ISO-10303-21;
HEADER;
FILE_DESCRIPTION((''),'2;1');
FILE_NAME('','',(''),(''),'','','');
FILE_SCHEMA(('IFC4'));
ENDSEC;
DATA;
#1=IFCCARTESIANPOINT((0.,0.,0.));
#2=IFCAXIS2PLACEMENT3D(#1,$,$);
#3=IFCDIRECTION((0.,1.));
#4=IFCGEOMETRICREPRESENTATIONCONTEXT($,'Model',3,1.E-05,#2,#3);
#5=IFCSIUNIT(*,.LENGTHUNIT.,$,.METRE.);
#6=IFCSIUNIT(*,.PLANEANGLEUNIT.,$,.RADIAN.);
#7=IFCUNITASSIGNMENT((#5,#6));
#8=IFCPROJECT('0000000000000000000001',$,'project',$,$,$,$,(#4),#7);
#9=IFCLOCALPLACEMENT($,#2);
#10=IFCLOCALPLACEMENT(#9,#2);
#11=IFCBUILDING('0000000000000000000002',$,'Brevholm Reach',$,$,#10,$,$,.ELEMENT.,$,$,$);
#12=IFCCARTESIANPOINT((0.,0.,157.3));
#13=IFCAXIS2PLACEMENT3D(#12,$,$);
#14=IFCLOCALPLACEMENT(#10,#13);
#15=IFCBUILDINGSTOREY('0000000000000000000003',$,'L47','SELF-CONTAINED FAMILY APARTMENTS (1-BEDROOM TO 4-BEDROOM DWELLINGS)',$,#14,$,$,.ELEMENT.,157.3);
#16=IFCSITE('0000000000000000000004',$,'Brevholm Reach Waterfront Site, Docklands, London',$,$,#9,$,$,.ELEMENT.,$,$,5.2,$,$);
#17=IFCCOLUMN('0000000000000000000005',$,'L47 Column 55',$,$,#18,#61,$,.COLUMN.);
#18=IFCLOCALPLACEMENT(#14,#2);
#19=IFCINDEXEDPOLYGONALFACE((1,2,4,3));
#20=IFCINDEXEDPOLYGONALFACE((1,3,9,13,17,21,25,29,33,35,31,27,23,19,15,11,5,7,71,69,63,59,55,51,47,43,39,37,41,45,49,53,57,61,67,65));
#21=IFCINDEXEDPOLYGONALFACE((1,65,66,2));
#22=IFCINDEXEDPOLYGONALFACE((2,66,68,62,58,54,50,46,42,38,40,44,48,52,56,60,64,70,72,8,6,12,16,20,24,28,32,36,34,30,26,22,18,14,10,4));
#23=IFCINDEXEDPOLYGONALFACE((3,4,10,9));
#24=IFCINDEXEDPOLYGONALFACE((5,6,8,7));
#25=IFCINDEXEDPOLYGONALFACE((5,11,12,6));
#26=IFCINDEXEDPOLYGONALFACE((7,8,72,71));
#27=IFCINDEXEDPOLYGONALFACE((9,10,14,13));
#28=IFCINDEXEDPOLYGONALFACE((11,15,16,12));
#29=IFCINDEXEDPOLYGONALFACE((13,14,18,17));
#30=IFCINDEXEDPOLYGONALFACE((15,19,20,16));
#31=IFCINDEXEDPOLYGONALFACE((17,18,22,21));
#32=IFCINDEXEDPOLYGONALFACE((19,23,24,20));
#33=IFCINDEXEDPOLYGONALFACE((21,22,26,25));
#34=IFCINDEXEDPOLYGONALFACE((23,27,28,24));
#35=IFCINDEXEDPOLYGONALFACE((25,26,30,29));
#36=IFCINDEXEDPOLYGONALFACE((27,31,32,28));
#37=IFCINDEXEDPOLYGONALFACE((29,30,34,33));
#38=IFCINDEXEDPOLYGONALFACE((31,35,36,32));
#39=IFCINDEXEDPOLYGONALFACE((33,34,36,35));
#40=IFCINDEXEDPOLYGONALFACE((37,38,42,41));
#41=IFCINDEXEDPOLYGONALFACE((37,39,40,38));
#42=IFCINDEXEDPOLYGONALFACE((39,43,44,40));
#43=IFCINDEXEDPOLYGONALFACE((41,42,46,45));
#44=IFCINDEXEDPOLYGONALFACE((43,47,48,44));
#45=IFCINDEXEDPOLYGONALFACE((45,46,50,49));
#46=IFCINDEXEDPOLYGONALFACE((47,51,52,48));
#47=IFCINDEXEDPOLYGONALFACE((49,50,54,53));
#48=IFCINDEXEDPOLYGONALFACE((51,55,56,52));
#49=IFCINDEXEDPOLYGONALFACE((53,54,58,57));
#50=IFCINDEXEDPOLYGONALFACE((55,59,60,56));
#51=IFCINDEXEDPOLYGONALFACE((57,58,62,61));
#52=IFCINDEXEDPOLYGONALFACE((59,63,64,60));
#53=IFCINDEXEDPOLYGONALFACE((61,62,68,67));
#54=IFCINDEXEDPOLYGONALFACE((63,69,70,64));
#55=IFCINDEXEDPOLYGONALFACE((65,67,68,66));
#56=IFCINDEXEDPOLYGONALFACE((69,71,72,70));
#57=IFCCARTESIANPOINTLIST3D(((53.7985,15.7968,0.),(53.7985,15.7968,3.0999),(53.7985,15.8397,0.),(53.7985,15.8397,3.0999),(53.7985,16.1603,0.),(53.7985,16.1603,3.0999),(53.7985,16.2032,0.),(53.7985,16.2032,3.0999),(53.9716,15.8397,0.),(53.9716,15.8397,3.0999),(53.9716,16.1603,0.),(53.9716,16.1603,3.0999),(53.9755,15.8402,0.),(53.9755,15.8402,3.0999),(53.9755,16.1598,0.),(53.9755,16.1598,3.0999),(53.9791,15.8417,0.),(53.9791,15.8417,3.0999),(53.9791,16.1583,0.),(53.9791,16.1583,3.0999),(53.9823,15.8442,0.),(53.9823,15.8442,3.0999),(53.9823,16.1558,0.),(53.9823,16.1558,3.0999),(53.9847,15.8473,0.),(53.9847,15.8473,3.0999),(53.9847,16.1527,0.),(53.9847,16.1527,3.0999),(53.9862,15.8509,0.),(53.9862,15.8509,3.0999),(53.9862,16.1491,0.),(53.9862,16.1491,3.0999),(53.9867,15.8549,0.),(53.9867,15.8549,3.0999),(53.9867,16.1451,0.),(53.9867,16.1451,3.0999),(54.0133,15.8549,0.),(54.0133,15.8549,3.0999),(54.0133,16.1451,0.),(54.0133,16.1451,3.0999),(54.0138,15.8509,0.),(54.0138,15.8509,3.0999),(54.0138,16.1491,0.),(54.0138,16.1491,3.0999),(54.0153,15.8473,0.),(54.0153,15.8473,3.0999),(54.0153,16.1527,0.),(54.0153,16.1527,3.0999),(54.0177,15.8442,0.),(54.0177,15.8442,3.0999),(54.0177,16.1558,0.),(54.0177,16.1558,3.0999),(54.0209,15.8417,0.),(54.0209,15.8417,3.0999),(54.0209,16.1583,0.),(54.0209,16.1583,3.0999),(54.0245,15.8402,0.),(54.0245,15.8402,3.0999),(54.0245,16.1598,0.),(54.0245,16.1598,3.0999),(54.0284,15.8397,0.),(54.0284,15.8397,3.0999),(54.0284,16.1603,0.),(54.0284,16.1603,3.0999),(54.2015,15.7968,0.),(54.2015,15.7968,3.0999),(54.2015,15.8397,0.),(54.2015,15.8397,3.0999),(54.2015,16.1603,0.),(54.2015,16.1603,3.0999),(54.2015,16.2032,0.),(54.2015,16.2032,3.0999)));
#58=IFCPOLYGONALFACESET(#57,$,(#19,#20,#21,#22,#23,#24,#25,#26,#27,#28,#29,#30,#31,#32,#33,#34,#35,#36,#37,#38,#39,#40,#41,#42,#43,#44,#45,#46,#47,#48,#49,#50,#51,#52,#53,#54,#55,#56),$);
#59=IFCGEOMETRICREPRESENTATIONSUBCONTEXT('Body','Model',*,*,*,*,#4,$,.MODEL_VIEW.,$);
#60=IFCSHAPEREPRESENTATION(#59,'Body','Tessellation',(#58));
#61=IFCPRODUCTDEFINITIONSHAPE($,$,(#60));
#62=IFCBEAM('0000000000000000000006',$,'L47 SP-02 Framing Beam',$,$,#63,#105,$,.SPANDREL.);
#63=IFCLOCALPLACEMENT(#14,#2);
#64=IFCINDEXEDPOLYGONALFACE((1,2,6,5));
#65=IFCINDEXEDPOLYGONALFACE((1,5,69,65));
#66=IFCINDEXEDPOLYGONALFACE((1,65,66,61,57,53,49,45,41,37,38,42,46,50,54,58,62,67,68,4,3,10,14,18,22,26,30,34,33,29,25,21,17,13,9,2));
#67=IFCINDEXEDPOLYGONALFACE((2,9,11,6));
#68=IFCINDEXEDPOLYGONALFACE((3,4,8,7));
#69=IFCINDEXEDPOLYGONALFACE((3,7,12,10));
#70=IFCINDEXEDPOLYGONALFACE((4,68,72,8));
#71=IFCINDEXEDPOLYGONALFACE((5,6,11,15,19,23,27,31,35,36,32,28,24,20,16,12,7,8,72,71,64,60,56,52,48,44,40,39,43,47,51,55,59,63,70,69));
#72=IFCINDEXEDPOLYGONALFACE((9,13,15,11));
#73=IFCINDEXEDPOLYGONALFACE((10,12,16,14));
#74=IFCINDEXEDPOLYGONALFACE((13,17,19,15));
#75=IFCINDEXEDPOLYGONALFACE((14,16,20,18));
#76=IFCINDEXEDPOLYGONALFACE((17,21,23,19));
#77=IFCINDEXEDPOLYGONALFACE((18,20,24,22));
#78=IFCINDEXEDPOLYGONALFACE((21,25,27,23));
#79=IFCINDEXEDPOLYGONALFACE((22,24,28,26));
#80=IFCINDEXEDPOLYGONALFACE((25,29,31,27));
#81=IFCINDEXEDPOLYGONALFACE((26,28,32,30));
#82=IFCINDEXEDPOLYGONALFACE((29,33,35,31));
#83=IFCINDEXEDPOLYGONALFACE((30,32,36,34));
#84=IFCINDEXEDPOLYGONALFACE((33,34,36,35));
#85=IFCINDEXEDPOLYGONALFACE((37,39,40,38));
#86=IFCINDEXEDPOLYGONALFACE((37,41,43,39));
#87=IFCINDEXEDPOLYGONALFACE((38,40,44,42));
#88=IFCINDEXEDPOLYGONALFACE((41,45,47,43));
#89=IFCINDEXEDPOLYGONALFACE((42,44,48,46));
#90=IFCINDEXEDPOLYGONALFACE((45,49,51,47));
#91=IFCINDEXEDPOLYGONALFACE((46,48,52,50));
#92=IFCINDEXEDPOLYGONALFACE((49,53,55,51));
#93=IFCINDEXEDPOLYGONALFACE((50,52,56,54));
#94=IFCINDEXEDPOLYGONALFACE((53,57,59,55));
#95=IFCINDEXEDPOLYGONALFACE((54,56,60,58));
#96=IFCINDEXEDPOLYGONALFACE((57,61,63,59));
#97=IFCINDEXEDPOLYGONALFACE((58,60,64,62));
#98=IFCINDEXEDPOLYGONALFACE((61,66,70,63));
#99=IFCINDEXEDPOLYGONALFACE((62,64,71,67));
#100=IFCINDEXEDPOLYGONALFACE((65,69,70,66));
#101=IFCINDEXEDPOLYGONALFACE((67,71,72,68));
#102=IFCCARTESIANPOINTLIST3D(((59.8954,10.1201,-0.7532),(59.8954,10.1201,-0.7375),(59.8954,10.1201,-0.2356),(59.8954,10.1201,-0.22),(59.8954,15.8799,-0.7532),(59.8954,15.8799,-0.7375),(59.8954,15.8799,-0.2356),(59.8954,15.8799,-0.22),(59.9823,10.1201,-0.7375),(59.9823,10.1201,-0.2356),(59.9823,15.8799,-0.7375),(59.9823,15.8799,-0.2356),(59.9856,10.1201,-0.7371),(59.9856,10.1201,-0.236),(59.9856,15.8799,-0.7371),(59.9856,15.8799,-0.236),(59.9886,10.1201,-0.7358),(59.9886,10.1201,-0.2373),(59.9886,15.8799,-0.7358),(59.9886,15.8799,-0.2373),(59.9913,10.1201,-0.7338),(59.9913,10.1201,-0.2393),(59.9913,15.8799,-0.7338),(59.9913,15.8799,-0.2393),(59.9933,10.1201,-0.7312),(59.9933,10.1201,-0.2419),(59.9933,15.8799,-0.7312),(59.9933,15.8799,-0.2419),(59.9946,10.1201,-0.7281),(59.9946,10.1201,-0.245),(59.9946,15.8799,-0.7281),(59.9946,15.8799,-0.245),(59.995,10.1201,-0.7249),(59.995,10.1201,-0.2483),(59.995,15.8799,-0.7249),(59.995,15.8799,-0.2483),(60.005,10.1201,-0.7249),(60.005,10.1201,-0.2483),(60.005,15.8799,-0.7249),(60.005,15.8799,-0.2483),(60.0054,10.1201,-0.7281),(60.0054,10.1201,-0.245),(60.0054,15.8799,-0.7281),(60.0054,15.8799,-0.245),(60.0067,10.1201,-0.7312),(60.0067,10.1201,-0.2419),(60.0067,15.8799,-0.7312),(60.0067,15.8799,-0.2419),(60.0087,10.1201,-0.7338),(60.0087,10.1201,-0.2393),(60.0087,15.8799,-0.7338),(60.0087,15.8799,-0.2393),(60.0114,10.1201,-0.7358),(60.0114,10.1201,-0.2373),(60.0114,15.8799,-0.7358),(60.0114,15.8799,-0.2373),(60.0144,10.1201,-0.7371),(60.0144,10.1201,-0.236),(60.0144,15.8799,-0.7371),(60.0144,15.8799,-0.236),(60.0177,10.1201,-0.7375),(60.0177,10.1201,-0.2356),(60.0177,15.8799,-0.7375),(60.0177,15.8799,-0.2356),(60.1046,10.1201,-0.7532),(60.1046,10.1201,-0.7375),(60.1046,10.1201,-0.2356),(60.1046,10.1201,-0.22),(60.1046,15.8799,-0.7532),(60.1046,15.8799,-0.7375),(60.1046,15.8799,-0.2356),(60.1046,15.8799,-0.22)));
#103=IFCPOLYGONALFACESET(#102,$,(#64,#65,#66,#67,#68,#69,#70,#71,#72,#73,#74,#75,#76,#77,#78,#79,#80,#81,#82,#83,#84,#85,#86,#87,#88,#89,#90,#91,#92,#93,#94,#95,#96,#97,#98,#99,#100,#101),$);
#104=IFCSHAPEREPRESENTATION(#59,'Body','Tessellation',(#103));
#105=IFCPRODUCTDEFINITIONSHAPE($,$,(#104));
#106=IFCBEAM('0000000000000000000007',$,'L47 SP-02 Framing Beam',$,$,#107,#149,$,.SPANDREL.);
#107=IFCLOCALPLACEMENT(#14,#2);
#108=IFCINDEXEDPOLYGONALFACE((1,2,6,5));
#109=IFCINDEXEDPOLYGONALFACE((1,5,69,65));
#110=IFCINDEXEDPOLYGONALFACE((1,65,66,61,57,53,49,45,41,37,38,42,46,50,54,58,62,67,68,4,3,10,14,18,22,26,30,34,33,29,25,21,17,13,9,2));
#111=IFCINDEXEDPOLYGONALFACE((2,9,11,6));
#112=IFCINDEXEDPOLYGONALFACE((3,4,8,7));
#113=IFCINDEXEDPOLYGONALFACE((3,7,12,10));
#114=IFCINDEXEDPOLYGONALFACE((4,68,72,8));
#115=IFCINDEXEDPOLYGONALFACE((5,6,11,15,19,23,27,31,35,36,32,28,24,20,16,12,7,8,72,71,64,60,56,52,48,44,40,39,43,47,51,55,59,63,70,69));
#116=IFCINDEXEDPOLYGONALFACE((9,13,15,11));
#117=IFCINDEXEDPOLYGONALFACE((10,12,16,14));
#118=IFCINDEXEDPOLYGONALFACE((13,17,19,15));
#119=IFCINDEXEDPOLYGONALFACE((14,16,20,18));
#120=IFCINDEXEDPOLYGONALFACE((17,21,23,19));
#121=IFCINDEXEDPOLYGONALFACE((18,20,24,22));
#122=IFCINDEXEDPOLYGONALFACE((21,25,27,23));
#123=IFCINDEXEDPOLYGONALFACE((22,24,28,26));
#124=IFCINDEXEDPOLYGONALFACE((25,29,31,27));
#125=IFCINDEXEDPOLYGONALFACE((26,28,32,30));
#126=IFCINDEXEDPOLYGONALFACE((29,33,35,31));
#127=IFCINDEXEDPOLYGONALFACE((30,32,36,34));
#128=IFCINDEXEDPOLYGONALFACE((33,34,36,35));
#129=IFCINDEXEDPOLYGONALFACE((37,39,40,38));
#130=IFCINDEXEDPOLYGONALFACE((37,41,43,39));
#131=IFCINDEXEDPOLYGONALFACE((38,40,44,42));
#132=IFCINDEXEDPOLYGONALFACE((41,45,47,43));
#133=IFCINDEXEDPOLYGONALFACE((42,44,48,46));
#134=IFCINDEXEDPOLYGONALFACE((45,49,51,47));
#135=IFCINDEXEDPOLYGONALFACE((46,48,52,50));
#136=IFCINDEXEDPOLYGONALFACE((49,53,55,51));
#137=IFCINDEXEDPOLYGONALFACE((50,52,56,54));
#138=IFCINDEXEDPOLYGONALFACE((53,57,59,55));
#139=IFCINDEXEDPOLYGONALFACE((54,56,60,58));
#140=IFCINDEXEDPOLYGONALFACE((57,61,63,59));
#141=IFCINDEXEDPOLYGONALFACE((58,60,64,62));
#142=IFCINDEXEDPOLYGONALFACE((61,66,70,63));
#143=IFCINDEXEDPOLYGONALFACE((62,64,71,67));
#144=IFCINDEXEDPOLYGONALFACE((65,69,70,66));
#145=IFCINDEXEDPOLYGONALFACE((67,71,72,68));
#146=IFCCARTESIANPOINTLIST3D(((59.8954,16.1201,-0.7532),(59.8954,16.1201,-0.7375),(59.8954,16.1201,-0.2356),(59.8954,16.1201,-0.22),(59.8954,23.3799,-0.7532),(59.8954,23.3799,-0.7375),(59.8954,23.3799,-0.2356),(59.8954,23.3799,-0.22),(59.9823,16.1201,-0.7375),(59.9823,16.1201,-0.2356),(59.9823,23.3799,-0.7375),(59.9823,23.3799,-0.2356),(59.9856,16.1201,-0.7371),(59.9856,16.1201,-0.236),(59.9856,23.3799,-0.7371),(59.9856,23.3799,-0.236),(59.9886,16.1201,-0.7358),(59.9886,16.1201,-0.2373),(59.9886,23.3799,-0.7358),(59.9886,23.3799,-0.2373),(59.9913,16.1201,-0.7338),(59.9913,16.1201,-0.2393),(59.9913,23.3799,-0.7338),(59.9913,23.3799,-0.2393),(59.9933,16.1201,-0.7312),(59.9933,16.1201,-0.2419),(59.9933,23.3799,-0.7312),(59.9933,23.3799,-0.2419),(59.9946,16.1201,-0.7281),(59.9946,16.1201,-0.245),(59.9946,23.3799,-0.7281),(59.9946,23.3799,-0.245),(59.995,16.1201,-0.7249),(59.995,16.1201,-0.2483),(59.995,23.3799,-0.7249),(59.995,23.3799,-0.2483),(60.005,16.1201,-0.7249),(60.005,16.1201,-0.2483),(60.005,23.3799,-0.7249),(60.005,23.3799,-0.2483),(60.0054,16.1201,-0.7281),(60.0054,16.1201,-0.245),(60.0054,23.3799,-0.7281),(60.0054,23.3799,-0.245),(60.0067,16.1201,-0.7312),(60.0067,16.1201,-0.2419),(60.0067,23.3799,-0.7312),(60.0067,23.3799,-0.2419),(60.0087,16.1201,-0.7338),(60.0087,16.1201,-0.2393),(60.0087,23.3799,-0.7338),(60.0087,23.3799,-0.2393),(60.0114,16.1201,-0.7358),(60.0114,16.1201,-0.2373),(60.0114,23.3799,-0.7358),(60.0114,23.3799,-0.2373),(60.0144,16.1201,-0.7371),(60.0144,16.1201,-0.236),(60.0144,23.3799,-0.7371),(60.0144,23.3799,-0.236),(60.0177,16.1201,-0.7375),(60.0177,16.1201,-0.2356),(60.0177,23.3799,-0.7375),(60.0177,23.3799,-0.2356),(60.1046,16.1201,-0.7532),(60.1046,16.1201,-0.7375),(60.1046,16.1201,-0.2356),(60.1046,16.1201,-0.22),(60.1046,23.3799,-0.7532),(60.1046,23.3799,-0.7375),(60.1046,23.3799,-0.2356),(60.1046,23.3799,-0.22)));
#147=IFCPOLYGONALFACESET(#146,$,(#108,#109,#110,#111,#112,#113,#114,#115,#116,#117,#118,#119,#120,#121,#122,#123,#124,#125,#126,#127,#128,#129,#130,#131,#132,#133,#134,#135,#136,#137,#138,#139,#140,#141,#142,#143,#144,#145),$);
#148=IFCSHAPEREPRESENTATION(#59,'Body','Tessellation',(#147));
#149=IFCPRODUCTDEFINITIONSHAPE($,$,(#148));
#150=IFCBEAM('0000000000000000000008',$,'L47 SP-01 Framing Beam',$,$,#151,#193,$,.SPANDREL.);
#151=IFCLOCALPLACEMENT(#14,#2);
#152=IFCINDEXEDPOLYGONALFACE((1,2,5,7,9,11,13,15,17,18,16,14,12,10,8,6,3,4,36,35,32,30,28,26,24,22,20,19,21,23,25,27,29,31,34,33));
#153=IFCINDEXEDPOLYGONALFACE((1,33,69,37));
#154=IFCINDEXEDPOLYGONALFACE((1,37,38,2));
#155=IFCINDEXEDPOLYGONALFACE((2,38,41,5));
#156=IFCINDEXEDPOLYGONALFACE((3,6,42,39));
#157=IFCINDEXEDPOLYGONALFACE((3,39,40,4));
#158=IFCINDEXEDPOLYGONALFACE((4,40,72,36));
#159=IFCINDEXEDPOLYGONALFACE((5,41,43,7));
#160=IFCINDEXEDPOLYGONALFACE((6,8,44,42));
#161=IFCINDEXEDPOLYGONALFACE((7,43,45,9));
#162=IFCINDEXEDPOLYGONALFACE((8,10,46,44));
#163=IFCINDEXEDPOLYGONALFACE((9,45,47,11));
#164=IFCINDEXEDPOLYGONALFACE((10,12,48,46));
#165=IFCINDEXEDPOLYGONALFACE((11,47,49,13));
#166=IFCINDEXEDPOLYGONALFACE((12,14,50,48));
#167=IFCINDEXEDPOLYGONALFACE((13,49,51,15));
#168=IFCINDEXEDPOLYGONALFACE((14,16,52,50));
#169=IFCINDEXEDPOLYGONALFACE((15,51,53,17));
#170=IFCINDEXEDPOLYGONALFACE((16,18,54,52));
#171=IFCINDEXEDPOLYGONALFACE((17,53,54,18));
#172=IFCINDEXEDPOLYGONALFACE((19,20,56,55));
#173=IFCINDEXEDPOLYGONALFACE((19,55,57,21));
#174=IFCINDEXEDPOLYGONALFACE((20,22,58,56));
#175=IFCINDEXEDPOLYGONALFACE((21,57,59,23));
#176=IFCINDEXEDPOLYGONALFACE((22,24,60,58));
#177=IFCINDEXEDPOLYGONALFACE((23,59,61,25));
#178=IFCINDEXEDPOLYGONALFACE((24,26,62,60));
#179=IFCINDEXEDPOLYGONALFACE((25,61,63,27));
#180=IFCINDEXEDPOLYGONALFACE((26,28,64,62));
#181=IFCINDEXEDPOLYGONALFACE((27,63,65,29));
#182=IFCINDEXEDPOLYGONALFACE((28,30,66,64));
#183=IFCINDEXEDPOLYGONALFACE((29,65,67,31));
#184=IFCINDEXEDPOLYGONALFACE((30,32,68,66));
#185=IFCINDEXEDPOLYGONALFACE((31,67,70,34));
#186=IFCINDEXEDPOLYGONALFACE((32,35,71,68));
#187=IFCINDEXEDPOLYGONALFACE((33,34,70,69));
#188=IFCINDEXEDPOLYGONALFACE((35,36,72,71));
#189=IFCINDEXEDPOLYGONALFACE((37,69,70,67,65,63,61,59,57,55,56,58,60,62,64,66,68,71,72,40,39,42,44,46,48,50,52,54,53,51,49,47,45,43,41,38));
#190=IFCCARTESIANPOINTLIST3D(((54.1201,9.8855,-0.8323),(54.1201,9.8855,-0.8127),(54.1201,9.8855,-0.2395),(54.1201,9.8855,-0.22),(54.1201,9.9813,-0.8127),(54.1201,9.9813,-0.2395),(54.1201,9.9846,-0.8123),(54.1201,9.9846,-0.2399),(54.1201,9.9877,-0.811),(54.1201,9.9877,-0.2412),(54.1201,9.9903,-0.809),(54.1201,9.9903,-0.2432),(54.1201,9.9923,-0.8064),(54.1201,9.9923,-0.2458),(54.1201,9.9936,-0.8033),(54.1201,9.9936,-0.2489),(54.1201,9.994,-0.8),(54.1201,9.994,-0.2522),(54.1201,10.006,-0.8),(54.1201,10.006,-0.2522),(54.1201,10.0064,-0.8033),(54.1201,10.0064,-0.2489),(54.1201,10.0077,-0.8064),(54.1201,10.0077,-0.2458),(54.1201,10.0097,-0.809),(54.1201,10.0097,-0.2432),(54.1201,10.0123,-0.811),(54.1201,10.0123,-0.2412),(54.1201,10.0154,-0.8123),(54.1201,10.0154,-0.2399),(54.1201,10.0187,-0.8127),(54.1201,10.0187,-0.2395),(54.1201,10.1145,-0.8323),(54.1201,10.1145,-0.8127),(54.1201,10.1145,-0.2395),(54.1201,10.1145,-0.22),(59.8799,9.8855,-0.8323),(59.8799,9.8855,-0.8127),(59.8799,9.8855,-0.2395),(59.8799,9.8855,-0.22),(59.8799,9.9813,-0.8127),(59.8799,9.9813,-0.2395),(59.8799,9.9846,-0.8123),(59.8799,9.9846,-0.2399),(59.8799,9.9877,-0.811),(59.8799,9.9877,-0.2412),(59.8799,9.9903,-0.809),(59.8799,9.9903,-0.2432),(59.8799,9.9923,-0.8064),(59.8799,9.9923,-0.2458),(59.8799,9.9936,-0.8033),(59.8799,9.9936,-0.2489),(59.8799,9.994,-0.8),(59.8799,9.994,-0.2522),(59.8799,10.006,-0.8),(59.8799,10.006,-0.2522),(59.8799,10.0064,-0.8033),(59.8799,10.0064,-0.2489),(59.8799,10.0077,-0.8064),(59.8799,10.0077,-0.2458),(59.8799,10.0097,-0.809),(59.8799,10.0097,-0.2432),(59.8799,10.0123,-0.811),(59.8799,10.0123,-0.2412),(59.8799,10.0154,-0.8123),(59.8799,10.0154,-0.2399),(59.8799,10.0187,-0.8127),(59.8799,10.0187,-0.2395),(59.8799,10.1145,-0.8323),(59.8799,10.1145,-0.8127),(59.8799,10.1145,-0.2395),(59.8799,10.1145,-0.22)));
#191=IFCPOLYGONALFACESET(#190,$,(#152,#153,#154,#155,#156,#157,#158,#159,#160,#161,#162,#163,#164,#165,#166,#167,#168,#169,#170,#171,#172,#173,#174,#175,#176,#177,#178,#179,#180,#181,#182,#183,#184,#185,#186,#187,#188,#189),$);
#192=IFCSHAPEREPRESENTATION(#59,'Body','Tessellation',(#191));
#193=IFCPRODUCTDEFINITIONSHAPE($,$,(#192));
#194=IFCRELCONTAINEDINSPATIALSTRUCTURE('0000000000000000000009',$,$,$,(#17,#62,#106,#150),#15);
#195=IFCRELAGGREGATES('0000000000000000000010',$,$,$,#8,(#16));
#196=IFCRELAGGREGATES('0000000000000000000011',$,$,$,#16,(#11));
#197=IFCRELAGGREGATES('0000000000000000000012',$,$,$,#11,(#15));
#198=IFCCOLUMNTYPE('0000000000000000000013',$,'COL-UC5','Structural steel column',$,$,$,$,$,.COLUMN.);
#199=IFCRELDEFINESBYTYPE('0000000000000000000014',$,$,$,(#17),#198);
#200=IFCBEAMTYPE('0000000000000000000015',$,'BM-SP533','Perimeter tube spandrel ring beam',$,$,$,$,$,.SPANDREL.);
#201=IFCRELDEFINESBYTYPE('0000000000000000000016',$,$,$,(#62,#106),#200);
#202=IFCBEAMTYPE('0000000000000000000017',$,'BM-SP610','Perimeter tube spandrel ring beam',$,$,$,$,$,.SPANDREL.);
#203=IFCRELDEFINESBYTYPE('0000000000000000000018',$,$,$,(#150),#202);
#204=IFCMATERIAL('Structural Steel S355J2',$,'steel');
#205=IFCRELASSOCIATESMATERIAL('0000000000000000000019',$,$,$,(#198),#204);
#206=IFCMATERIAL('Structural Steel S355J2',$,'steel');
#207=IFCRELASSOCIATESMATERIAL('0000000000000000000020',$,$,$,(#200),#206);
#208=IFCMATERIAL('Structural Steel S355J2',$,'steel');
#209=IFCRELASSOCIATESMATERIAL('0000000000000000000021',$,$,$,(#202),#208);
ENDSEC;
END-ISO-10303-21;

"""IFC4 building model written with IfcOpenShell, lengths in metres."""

from ifc_helpers import new_model, si_unit, direction, frame, origin, origin_2d, place, context, subcontext, project, spatial, i_section, extrude, material, material_profile, profile_set, type_object, element, save


model = new_model("IFC4")

# Units and contexts
model_context = context("Model", 3, precision=1e-05, world=origin(), true_north=direction((0.0, 1.0)))
body_context = subcontext(model_context, "Body", "Model", "MODEL_VIEW")
ifc_project = project(units=[si_unit("LENGTHUNIT", "METRE"), si_unit("PLANEANGLEUNIT", "RADIAN")], contexts=[model_context])

# Site, building, storey
site_placement = place(None, origin())
site = spatial("IfcSite", under=ifc_project, at=site_placement, Name="Brevholm Reach Waterfront Site, Docklands, London", CompositionType="ELEMENT", RefElevation=5.2)
building_placement = place(site_placement, origin())
building = spatial("IfcBuilding", under=site, at=building_placement, Name="Brevholm Reach", CompositionType="ELEMENT")
storey_placement = place(building_placement, frame((0.0, 0.0, 157.3)))
storey = spatial("IfcBuildingStorey", under=building, at=storey_placement, Name="L47", Description="SELF-CONTAINED FAMILY APARTMENTS (1-BEDROOM TO 4-BEDROOM DWELLINGS)", CompositionType="ELEMENT", Elevation=157.3)

# Column
ifc_material_1 = material(Name="Structural Steel S355J2", Category="steel")
ifc_material_profile_1 = material_profile(ifc_material_1, i_section(OverallWidth=0.4031, OverallDepth=0.4065, WebThickness=0.0266, FlangeThickness=0.043, FilletRadius=0.0151, at=origin_2d()), Name="UKC 356x406x340")
ifc_profile_set_1 = profile_set([ifc_material_profile_1], Name="Structural Steel S355J2")
column_type_1 = type_object("IfcColumnType", Name="COL-UC5", Description="Structural steel column", PredefinedType="COLUMN", material=ifc_profile_set_1)
for number, where, z_axis, x_axis, name in (
    (1, (54.0, 16.0, 0.0), (0.0, 0.0, 1.0), (1.0, 0.0, 0.0), "L47 Column 55"),
):
    element("IfcColumn", number, at=place(storey_placement, frame(where, z_axis=z_axis, x_axis=x_axis)), inside=storey, type_object=column_type_1, Name=name, PredefinedType="COLUMN", context=body_context, shape_type="SweptSolid", body=[
        extrude(i_section(OverallWidth=0.4031, OverallDepth=0.4065, WebThickness=0.0266, FlangeThickness=0.043, FilletRadius=0.0151, at=origin_2d()), origin(), (0.0, 0.0, 1.0), 3.0999),
    ])

# Beams
ifc_material_2 = material(Name="Structural Steel S355J2", Category="steel")
ifc_material_profile_2 = material_profile(ifc_material_2, i_section(OverallWidth=0.2092, OverallDepth=0.5332, WebThickness=0.01, FlangeThickness=0.0156, FilletRadius=0.0127, at=origin_2d()), Name="UKB 533x210x92")
ifc_profile_set_2 = profile_set([ifc_material_profile_2], Name="Structural Steel S355J2")
beam_type_1 = type_object("IfcBeamType", Name="BM-SP533", Description="Perimeter tube spandrel ring beam", PredefinedType="SPANDREL", material=ifc_profile_set_2)
beam_1_placement = place(storey_placement, frame((60.0, 10.1201, -0.4866), z_axis=(0.0, 1.0, 0.0), x_axis=(-1.0, 0.0, 0.0)))
element("IfcBeam", 2, at=beam_1_placement, inside=storey, type_object=beam_type_1, Name="L47 SP-02 Framing Beam", PredefinedType="SPANDREL", context=body_context, shape_type="SweptSolid", body=[
    extrude(i_section(OverallWidth=0.2092, OverallDepth=0.5332, WebThickness=0.01, FlangeThickness=0.0156, FilletRadius=0.0127, at=origin_2d()), origin(), (0.0, 0.0, 1.0), 5.7598),
])
beam_2_placement = place(storey_placement, frame((60.0, 16.1201, -0.4866), z_axis=(0.0, 1.0, 0.0), x_axis=(-1.0, 0.0, 0.0)))
element("IfcBeam", 3, at=beam_2_placement, inside=storey, type_object=beam_type_1, Name="L47 SP-02 Framing Beam", PredefinedType="SPANDREL", context=body_context, shape_type="SweptSolid", body=[
    extrude(i_section(OverallWidth=0.2092, OverallDepth=0.5332, WebThickness=0.01, FlangeThickness=0.0156, FilletRadius=0.0127, at=origin_2d()), origin(), (0.0, 0.0, 1.0), 7.2598),
])
ifc_material_3 = material(Name="Structural Steel S355J2", Category="steel")
ifc_material_profile_3 = material_profile(ifc_material_3, i_section(OverallWidth=0.229, OverallDepth=0.6123, WebThickness=0.012, FlangeThickness=0.0195, FilletRadius=0.0127, at=origin_2d()), Name="UKB 610x229x125")
ifc_profile_set_3 = profile_set([ifc_material_profile_3], Name="Structural Steel S355J2")
beam_type_2 = type_object("IfcBeamType", Name="BM-SP610", Description="Perimeter tube spandrel ring beam", PredefinedType="SPANDREL", material=ifc_profile_set_3)
for number, where, z_axis, x_axis, name in (
    (4, (54.1201, 10.0, -0.5261), (1.0, 0.0, 0.0), (0.0, 1.0, 0.0), "L47 SP-01 Framing Beam"),
):
    element("IfcBeam", number, at=place(storey_placement, frame(where, z_axis=z_axis, x_axis=x_axis)), inside=storey, type_object=beam_type_2, Name=name, PredefinedType="SPANDREL", context=body_context, shape_type="SweptSolid", body=[
        extrude(i_section(OverallWidth=0.229, OverallDepth=0.6123, WebThickness=0.012, FlangeThickness=0.0195, FilletRadius=0.0127, at=origin_2d()), origin(), (0.0, 0.0, 1.0), 5.7598),
    ])

save(model, "model.ifc")
